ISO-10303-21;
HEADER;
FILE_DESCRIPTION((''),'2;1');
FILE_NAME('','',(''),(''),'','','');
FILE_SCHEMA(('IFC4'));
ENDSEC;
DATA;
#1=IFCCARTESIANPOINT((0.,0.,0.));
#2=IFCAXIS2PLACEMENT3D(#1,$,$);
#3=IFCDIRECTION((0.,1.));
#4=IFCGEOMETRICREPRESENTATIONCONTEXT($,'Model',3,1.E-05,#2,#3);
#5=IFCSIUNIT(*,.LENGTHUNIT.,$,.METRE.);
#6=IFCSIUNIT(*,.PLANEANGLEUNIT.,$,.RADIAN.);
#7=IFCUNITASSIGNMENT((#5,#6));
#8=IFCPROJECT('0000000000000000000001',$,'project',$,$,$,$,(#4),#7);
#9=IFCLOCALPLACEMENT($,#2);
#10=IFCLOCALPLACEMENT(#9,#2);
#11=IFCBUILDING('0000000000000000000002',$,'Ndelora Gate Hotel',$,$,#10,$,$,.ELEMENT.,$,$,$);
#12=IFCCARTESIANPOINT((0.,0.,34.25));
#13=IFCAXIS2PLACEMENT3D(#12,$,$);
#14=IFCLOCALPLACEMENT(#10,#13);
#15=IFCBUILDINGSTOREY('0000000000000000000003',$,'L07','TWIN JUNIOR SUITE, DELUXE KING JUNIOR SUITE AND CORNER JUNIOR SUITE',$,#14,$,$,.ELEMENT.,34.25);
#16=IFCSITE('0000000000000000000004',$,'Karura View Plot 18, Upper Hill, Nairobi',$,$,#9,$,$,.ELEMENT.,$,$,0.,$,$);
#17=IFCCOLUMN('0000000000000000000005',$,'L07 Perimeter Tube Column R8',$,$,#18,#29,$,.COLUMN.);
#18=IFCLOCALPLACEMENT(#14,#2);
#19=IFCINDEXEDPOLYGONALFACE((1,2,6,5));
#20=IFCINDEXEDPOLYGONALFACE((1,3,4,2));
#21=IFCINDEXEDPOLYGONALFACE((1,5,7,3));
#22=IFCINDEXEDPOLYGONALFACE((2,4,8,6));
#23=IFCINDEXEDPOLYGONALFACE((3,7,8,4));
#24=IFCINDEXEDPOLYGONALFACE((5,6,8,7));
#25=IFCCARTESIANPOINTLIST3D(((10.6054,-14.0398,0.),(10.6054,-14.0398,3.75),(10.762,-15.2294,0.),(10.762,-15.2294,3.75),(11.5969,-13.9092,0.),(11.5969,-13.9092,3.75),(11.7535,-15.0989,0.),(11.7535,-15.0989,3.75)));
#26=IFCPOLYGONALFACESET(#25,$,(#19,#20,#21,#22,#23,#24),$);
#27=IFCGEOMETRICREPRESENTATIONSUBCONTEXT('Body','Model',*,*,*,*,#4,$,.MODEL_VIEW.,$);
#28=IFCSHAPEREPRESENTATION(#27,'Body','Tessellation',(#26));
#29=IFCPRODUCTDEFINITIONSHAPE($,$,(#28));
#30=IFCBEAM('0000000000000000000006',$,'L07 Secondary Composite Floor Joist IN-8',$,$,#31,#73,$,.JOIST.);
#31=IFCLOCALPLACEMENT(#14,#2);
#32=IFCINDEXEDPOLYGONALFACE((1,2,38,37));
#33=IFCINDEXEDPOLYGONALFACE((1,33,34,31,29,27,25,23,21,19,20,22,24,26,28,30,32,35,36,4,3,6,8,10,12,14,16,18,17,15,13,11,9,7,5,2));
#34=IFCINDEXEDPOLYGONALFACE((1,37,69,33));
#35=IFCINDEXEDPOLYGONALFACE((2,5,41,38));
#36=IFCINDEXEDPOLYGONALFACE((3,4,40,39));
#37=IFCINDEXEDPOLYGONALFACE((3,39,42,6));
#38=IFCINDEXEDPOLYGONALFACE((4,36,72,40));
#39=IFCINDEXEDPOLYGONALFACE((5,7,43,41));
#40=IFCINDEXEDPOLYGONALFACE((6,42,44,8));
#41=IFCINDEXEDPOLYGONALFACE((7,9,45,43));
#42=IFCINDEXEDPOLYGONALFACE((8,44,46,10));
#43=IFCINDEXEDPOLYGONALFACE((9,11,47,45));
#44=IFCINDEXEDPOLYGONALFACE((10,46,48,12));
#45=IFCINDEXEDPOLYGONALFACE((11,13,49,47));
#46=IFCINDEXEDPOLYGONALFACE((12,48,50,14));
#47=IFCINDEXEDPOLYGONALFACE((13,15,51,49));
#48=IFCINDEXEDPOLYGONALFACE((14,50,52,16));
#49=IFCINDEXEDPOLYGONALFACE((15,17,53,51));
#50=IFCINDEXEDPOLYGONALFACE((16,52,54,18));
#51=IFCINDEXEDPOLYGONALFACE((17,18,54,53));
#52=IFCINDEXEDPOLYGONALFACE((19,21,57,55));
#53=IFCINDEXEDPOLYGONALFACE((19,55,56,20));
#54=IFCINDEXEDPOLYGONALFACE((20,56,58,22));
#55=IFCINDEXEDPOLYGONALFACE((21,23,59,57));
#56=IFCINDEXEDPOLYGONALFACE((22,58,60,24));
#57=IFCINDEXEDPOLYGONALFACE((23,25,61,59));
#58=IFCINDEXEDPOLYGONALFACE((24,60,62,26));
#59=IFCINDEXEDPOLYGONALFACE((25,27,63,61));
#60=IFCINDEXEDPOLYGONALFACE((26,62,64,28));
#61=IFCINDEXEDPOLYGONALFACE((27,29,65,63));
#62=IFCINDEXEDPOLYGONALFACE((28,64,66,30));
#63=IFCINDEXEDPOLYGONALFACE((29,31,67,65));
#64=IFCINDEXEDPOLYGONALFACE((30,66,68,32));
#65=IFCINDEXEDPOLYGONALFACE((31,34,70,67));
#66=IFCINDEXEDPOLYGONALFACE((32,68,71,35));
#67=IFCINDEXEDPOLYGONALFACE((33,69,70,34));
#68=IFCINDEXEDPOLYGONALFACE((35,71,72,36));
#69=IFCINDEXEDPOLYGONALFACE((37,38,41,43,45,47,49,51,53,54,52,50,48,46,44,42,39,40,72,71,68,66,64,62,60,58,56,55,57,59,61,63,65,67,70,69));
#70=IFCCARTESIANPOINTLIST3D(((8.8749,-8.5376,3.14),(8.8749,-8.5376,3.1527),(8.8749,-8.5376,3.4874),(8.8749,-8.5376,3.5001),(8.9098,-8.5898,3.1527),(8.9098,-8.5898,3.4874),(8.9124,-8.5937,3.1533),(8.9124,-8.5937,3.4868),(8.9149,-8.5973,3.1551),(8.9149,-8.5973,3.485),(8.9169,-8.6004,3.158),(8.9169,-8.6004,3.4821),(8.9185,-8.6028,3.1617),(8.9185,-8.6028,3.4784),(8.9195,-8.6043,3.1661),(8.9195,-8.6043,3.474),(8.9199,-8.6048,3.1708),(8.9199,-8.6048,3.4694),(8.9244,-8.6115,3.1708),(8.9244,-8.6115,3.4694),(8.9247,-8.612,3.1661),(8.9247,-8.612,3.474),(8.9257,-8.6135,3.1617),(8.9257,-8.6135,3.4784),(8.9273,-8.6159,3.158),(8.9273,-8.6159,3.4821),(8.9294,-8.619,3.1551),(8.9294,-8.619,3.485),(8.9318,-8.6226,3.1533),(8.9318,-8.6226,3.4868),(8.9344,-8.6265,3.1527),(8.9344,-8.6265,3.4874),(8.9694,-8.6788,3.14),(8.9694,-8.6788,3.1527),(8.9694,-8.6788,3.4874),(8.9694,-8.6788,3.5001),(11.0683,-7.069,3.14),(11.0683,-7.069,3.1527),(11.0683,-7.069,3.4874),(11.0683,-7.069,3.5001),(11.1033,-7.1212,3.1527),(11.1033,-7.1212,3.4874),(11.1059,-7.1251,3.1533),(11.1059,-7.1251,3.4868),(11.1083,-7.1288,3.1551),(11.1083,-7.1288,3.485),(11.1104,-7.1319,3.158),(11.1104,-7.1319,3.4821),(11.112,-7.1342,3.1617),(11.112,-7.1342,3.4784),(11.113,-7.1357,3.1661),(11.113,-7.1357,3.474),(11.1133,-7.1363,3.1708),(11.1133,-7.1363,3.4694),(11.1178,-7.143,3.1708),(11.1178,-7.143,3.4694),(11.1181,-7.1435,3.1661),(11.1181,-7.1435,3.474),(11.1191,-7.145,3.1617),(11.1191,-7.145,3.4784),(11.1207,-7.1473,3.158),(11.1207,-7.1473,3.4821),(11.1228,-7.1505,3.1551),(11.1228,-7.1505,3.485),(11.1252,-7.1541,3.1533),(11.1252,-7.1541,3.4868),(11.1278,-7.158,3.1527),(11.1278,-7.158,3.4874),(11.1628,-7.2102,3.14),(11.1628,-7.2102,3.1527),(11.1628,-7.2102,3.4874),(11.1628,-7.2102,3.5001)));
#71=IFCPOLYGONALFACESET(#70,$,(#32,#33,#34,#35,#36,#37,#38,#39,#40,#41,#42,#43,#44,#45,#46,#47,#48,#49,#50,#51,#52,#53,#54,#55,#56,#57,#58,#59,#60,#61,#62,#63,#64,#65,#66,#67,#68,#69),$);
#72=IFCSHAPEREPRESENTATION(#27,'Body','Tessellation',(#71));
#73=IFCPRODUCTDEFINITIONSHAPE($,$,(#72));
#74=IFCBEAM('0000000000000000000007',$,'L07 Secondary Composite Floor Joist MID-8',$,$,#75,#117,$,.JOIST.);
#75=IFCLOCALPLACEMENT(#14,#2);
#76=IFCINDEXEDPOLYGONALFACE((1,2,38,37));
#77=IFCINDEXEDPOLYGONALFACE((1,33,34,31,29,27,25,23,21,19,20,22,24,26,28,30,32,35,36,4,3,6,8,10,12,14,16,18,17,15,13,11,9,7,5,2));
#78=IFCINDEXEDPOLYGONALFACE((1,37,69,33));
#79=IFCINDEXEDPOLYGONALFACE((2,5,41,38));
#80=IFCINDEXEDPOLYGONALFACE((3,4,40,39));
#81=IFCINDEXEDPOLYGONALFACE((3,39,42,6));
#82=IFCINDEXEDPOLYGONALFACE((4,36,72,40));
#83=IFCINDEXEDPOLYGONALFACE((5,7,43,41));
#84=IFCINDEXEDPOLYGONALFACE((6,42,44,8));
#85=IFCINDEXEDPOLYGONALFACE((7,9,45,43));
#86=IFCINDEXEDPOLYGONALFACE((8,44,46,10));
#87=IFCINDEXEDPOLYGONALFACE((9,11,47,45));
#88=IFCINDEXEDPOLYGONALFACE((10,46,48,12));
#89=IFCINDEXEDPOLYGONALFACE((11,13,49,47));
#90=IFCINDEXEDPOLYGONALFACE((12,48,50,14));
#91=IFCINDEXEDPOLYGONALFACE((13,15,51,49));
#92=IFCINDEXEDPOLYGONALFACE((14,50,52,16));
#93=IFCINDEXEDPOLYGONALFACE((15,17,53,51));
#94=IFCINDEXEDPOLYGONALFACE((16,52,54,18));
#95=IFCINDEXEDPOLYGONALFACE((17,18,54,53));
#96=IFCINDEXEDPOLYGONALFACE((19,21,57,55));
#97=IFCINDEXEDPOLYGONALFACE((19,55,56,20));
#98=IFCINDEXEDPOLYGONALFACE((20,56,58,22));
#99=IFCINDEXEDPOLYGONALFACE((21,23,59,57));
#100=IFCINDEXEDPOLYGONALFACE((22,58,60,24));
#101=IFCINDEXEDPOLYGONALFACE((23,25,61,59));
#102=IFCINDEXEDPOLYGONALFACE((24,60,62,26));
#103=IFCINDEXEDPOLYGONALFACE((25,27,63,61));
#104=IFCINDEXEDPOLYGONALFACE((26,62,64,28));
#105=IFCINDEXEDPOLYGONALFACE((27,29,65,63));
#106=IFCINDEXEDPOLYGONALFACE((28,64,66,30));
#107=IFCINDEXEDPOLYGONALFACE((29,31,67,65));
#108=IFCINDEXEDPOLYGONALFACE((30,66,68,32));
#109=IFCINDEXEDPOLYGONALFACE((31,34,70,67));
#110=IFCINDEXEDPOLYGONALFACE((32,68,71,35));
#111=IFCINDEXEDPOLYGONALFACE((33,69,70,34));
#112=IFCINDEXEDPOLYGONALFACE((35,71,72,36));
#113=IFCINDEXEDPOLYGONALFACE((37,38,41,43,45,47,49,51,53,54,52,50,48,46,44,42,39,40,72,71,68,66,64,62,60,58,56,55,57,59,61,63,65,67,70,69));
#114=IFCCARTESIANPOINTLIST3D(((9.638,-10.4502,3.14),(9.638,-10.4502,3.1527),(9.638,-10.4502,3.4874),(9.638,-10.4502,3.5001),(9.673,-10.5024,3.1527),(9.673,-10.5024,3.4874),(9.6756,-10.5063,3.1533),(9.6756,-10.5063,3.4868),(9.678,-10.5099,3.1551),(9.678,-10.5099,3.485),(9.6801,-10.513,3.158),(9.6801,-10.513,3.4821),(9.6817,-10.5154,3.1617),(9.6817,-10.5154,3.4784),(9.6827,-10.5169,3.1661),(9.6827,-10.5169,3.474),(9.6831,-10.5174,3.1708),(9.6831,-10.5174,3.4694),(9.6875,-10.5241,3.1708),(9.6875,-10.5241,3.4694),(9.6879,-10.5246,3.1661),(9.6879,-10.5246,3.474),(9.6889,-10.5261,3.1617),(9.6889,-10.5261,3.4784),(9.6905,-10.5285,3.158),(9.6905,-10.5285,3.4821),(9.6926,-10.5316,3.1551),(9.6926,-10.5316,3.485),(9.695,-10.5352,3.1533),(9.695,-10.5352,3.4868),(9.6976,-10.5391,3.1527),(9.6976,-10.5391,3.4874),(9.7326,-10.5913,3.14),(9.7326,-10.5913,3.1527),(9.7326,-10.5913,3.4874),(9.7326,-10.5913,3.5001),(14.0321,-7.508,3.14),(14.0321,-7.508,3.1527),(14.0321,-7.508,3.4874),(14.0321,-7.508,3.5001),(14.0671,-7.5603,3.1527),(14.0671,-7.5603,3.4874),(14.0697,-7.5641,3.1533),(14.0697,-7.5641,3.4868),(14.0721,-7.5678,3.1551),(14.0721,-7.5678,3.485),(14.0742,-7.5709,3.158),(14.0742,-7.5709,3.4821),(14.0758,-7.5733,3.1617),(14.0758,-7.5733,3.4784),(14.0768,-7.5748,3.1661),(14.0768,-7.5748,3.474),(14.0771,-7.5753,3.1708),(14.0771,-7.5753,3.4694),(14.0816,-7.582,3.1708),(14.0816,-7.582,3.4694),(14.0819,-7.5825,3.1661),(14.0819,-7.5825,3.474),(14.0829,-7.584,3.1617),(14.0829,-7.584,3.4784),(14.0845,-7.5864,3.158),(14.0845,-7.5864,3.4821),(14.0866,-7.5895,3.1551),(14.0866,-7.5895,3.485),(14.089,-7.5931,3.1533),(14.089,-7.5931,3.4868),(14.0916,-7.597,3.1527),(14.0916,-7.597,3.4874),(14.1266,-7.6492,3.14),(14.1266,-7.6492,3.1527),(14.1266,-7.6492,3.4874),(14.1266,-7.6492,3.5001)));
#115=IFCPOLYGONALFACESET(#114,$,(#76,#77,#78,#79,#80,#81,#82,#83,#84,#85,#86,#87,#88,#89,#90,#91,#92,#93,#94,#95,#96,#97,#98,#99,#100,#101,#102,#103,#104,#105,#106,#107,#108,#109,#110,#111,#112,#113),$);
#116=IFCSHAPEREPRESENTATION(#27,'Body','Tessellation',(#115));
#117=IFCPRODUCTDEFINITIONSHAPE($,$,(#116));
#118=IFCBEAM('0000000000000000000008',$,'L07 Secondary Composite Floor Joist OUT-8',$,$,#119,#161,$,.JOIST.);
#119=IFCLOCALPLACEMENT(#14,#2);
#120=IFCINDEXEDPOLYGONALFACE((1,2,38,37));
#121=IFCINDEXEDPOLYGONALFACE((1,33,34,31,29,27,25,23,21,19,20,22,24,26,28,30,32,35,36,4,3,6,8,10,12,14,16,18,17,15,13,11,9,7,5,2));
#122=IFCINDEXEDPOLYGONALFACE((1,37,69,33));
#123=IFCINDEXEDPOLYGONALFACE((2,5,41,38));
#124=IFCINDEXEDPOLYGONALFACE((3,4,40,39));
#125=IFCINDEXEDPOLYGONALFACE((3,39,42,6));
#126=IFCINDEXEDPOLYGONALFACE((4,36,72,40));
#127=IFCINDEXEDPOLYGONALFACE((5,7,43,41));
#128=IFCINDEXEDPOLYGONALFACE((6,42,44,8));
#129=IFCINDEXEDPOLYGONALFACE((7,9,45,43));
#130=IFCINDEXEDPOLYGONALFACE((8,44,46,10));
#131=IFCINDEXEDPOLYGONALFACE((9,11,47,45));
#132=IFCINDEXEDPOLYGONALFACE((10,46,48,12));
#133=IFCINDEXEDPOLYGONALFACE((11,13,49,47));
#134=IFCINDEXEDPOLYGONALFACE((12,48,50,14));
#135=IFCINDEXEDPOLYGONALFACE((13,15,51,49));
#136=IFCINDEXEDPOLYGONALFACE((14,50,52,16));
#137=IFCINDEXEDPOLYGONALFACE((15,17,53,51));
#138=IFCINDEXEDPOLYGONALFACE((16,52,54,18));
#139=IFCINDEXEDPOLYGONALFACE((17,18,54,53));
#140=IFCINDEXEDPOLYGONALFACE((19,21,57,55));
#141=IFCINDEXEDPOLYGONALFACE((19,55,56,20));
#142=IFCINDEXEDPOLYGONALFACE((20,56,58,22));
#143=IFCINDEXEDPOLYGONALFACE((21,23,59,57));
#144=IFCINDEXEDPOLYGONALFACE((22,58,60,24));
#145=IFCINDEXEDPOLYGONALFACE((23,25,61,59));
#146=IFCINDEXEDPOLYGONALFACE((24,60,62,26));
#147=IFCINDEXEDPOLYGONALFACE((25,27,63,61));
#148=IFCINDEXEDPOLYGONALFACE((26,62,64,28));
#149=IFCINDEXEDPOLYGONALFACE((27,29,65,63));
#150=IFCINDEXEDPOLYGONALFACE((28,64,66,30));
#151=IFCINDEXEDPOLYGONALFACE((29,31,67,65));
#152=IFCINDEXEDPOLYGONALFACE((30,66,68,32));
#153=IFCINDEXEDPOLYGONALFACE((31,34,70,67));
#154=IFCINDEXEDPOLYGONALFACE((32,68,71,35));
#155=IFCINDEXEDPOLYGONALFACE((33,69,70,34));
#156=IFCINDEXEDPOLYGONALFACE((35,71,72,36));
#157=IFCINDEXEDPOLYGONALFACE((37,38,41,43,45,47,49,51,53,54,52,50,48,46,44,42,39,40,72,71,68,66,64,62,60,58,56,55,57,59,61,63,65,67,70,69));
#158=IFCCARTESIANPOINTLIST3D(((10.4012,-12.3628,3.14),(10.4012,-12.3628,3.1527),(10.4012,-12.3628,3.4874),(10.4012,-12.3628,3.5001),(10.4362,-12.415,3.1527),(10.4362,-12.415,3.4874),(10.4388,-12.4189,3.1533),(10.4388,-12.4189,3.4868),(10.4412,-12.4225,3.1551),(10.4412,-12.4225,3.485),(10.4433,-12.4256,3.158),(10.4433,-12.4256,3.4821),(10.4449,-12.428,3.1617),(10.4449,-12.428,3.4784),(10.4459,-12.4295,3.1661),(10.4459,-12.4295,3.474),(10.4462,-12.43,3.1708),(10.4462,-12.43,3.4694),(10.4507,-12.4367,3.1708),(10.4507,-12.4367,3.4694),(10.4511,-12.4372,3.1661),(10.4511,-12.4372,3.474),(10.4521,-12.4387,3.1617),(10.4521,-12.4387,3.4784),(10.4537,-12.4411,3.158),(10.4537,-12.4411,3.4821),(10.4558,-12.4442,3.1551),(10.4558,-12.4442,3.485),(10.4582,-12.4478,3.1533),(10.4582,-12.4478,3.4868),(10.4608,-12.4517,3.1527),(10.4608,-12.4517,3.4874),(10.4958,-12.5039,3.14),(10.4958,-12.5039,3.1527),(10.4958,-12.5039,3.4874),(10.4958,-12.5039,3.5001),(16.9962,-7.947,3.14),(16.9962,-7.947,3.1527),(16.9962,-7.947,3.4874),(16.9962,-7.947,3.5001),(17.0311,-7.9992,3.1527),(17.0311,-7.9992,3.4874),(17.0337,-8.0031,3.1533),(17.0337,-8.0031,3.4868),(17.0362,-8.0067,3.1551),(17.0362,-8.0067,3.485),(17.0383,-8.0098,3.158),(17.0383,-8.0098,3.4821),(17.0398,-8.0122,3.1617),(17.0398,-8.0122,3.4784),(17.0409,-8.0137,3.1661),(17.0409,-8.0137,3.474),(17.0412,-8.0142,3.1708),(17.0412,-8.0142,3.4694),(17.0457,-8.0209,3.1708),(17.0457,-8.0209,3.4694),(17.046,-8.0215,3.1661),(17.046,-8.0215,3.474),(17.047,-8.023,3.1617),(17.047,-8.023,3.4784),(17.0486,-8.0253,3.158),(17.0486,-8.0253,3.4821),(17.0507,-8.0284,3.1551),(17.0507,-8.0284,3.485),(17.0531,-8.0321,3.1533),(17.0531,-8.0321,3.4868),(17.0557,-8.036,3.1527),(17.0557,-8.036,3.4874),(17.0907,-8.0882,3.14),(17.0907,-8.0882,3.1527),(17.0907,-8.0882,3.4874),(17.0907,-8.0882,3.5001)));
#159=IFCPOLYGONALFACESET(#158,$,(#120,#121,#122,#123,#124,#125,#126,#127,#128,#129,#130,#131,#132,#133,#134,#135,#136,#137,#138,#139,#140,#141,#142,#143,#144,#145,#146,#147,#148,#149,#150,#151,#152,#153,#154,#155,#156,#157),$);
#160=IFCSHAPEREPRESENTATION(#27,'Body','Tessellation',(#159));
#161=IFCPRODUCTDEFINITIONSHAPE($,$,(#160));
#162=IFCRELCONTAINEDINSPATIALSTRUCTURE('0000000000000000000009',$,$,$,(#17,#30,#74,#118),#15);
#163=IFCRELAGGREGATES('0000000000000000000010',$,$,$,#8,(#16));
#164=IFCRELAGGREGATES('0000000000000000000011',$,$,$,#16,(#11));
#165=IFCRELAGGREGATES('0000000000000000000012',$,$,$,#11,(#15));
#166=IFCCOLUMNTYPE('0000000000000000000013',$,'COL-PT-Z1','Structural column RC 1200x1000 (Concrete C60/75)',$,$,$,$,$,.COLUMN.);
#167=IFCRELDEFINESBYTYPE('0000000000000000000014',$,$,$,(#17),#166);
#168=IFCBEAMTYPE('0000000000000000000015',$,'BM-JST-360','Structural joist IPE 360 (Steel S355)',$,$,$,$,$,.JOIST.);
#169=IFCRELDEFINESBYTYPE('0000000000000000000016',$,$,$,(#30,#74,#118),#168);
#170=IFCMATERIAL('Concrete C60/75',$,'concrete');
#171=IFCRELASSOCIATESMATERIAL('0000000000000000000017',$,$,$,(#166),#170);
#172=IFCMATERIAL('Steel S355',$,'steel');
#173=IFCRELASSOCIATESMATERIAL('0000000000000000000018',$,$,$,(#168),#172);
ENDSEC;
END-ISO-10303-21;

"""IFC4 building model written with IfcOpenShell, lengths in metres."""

from ifc_helpers import new_model, si_unit, direction, frame, origin, origin_2d, place, context, subcontext, project, spatial, rectangle, i_section, extrude, material, material_profile, profile_set, type_object, element, save


model = new_model("IFC4")

# Units and contexts
model_context = context("Model", 3, precision=1e-05, world=origin(), true_north=direction((0.0, 1.0)))
body_context = subcontext(model_context, "Body", "Model", "MODEL_VIEW")
ifc_project = project(units=[si_unit("LENGTHUNIT", "METRE"), si_unit("PLANEANGLEUNIT", "RADIAN")], contexts=[model_context])

# Site, building, storey
site_placement = place(None, origin())
site = spatial("IfcSite", under=ifc_project, at=site_placement, Name="Karura View Plot 18, Upper Hill, Nairobi", CompositionType="ELEMENT", RefElevation=0.0)
building_placement = place(site_placement, origin())
building = spatial("IfcBuilding", under=site, at=building_placement, Name="Ndelora Gate Hotel", CompositionType="ELEMENT")
storey_placement = place(building_placement, frame((0.0, 0.0, 34.25)))
storey = spatial("IfcBuildingStorey", under=building, at=storey_placement, Name="L07", Description="TWIN JUNIOR SUITE, DELUXE KING JUNIOR SUITE AND CORNER JUNIOR SUITE", CompositionType="ELEMENT", Elevation=34.25)

# Column
ifc_material_1 = material(Name="Concrete C60/75", Category="concrete")
ifc_material_profile_1 = material_profile(ifc_material_1, rectangle(XDim=1.0, YDim=1.2, at=origin_2d()), Name="RC 1200x1000")
ifc_profile_set_1 = profile_set([ifc_material_profile_1], Name="Concrete C60/75")
column_type = type_object("IfcColumnType", Name="COL-PT-Z1", Description="Structural column RC 1200x1000 (Concrete C60/75)", PredefinedType="COLUMN", material=ifc_profile_set_1)
column_placement = place(storey_placement, frame((11.1794, -14.5693, 0.0), z_axis=(0.0, 0.0, 1.0), x_axis=(0.991445, 0.130526, 0.0)))
element("IfcColumn", 1, at=column_placement, inside=storey, type_object=column_type, Name="L07 Perimeter Tube Column R8", PredefinedType="COLUMN", context=body_context, shape_type="SweptSolid", body=[
    extrude(rectangle(XDim=1.0, YDim=1.2, at=origin_2d()), origin(), (0.0, 0.0, 1.0), 3.75),
])

# Beams
ifc_material_2 = material(Name="Steel S355", Category="steel")
ifc_material_profile_2 = material_profile(ifc_material_2, i_section(OverallWidth=0.1699, OverallDepth=0.3601, WebThickness=0.0081, FlangeThickness=0.0127, FilletRadius=0.0181, at=origin_2d()), Name="IPE 360")
ifc_profile_set_2 = profile_set([ifc_material_profile_2], Name="Steel S355")
beam_type_1 = type_object("IfcBeamType", Name="BM-JST-360", Description="Structural joist IPE 360 (Steel S355)", PredefinedType="JOIST", material=ifc_profile_set_2)
beam_1_placement = place(storey_placement, frame((8.9221, -8.6082, 3.3201), z_axis=(0.830953, 0.556343, 0.0), x_axis=(-0.556343, 0.830953, 0.0)))
element("IfcBeam", 2, at=beam_1_placement, inside=storey, type_object=beam_type_1, Name="L07 Secondary Composite Floor Joist IN-8", PredefinedType="JOIST", context=body_context, shape_type="SweptSolid", body=[
    extrude(i_section(OverallWidth=0.1699, OverallDepth=0.3601, WebThickness=0.0081, FlangeThickness=0.0127, FilletRadius=0.0181, at=origin_2d()), origin(), (0.0, 0.0, 1.0), 2.6396),
])
beam_2_placement = place(storey_placement, frame((9.6853, -10.5208, 3.3201), z_axis=(0.830933, 0.556372, 0.0), x_axis=(-0.556372, 0.830933, 0.0)))
element("IfcBeam", 3, at=beam_2_placement, inside=storey, type_object=beam_type_1, Name="L07 Secondary Composite Floor Joist MID-8", PredefinedType="JOIST", context=body_context, shape_type="SweptSolid", body=[
    extrude(i_section(OverallWidth=0.1699, OverallDepth=0.3601, WebThickness=0.0081, FlangeThickness=0.0127, FilletRadius=0.0181, at=origin_2d()), origin(), (0.0, 0.0, 1.0), 5.2881),
])
beam_3_placement = place(storey_placement, frame((10.4485, -12.4333, 3.3201), z_axis=(0.830937, 0.556367, 0.0), x_axis=(-0.556367, 0.830937, 0.0)))
element("IfcBeam", 4, at=beam_3_placement, inside=storey, type_object=beam_type_1, Name="L07 Secondary Composite Floor Joist OUT-8", PredefinedType="JOIST", context=body_context, shape_type="SweptSolid", body=[
    extrude(i_section(OverallWidth=0.1699, OverallDepth=0.3601, WebThickness=0.0081, FlangeThickness=0.0127, FilletRadius=0.0181, at=origin_2d()), origin(), (0.0, 0.0, 1.0), 7.9368),
])

save(model, "model.ifc")
